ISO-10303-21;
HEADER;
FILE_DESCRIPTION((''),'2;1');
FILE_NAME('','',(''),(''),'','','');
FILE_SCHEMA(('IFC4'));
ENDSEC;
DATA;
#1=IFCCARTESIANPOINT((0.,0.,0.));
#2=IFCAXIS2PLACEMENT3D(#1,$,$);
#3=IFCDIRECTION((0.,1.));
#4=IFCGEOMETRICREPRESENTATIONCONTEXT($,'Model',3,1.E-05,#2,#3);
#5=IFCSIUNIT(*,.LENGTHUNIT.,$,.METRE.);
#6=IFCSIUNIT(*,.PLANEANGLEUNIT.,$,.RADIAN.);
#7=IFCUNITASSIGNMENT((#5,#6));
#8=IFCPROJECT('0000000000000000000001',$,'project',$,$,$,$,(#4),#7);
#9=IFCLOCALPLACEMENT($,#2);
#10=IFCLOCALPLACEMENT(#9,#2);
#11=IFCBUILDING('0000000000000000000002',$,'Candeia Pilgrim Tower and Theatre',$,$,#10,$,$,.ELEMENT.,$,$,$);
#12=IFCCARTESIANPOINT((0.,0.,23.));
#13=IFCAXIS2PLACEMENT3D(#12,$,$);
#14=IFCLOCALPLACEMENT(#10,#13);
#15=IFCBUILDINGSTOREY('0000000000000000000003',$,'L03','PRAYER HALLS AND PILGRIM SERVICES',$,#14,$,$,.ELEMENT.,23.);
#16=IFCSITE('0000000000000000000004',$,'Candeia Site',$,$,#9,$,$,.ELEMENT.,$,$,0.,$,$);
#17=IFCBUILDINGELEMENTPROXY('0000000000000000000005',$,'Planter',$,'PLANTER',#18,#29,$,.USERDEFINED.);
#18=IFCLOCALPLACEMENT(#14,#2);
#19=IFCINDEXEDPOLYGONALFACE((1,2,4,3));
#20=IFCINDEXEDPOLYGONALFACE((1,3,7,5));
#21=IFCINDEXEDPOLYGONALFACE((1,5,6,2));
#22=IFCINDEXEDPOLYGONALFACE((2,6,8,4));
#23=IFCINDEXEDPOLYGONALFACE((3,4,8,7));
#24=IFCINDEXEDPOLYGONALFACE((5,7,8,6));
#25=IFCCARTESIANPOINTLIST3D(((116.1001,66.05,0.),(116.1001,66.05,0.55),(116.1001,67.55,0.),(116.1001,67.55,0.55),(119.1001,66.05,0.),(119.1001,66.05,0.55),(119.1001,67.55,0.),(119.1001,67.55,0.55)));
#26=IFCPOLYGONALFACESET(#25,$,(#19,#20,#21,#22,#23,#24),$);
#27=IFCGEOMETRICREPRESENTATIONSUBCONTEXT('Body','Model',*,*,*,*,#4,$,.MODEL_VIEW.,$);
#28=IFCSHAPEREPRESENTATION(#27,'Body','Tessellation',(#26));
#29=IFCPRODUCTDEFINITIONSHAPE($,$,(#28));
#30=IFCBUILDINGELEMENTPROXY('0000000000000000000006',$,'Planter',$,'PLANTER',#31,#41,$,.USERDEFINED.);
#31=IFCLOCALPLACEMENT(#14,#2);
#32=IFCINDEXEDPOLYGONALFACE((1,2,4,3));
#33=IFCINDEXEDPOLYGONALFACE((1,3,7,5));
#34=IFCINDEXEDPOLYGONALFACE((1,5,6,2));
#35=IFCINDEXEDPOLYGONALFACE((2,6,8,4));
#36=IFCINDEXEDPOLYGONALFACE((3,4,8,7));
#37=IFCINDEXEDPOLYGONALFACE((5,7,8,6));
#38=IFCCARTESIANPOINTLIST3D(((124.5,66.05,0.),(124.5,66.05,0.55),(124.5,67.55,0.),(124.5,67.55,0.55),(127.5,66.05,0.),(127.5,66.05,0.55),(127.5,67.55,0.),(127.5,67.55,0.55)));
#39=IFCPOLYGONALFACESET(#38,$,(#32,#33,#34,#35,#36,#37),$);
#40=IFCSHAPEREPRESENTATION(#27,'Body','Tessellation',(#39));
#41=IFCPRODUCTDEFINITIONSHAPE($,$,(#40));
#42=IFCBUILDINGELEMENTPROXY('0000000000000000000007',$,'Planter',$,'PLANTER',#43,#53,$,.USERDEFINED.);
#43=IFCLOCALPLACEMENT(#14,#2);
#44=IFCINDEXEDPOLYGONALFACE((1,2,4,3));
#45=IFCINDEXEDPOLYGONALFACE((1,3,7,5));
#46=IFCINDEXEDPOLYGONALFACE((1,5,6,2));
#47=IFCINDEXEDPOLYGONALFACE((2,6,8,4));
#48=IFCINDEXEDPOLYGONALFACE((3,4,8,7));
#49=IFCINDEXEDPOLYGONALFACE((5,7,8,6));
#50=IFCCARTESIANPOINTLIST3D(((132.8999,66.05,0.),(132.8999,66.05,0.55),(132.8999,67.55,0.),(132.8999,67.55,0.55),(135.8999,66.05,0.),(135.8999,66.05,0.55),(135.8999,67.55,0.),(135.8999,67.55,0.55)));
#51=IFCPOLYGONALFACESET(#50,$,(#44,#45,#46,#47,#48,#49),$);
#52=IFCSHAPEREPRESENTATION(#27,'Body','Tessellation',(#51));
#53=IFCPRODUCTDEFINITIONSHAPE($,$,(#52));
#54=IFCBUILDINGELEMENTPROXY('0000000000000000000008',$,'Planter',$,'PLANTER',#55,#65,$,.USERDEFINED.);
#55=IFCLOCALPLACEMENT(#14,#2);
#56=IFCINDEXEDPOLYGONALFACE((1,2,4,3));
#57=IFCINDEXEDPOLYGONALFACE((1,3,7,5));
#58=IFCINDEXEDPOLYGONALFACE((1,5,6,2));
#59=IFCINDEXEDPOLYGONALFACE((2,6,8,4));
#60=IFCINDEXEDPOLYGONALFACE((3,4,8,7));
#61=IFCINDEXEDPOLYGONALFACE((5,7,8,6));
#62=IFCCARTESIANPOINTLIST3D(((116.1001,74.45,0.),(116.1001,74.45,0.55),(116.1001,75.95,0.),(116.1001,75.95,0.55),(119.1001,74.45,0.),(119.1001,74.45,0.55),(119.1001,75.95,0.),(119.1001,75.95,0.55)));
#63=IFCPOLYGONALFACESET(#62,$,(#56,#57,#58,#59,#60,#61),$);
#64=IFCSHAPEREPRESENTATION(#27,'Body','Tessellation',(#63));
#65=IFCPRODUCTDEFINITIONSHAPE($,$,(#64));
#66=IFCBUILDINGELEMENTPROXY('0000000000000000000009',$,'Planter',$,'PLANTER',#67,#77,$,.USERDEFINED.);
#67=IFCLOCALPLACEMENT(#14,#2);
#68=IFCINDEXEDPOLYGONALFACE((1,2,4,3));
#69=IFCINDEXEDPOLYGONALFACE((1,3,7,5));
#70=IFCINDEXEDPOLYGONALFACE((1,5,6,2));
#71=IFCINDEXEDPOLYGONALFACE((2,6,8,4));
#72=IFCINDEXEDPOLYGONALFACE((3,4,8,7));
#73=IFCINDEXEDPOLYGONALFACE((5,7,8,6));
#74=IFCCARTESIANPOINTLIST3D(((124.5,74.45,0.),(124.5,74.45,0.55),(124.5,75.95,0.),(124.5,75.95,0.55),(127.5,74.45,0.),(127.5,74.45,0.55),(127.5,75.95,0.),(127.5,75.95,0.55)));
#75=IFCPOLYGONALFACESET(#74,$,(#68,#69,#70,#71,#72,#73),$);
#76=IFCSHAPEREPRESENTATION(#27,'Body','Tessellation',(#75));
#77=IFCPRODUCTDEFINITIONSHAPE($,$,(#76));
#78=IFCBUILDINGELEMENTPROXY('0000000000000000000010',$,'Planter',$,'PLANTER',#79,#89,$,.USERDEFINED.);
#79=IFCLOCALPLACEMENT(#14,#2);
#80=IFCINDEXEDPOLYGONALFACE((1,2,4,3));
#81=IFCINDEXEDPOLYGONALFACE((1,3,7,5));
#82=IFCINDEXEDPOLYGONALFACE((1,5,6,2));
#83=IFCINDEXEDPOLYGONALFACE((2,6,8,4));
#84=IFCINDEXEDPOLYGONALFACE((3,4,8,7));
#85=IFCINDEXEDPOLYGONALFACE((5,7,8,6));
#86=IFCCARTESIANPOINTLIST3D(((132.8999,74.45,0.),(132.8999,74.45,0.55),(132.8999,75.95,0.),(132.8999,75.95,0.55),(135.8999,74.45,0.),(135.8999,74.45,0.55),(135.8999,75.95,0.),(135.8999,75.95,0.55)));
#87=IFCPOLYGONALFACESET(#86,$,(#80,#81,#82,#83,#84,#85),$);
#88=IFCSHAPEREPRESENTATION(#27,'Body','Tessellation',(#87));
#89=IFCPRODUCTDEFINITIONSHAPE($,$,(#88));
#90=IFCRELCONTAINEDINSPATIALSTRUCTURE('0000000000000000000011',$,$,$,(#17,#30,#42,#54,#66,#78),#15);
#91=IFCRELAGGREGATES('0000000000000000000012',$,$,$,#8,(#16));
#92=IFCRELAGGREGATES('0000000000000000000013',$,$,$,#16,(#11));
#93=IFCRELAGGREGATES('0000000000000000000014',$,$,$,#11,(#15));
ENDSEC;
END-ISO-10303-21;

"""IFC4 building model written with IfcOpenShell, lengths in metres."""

from ifc_helpers import new_model, si_unit, direction, frame, origin, origin_2d, place, context, subcontext, project, spatial, rectangle, extrude, element, save


model = new_model("IFC4")

# Units and contexts
model_context = context("Model", 3, precision=1e-05, world=origin(), true_north=direction((0.0, 1.0)))
body_context = subcontext(model_context, "Body", "Model", "MODEL_VIEW")
ifc_project = project(units=[si_unit("LENGTHUNIT", "METRE"), si_unit("PLANEANGLEUNIT", "RADIAN")], contexts=[model_context])

# Site, building, storey
site_placement = place(None, origin())
site = spatial("IfcSite", under=ifc_project, at=site_placement, Name="Candeia Site", CompositionType="ELEMENT", RefElevation=0.0)
building_placement = place(site_placement, origin())
building = spatial("IfcBuilding", under=site, at=building_placement, Name="Candeia Pilgrim Tower and Theatre", CompositionType="ELEMENT")
storey_placement = place(building_placement, frame((0.0, 0.0, 23.0)))
storey = spatial("IfcBuildingStorey", under=building, at=storey_placement, Name="L03", Description="PRAYER HALLS AND PILGRIM SERVICES", CompositionType="ELEMENT", Elevation=23.0)

# Building element proxies
for number, where, z_axis, x_axis, name in (
    (1, (117.6001, 66.8, 0.0), (0.0, 0.0, 1.0), (1.0, 0.0, 0.0), "Planter"),
    (2, (126.0, 66.8, 0.0), (0.0, 0.0, 1.0), (1.0, 0.0, 0.0), "Planter"),
    (3, (134.3999, 66.8, 0.0), (0.0, 0.0, 1.0), (1.0, 0.0, 0.0), "Planter"),
    (4, (117.6001, 75.2, 0.0), (0.0, 0.0, 1.0), (1.0, 0.0, 0.0), "Planter"),
    (5, (126.0, 75.2, 0.0), (0.0, 0.0, 1.0), (1.0, 0.0, 0.0), "Planter"),
    (6, (134.3999, 75.2, 0.0), (0.0, 0.0, 1.0), (1.0, 0.0, 0.0), "Planter"),
):
    element("IfcBuildingElementProxy", number, at=place(storey_placement, frame(where, z_axis=z_axis, x_axis=x_axis)), inside=storey, Name=name, ObjectType="PLANTER", PredefinedType="USERDEFINED", context=body_context, shape_type="SweptSolid", body=[
        extrude(rectangle(XDim=3.0, YDim=1.5, at=origin_2d()), origin(), (0.0, 0.0, 1.0), 0.55),
    ])

save(model, "model.ifc")
